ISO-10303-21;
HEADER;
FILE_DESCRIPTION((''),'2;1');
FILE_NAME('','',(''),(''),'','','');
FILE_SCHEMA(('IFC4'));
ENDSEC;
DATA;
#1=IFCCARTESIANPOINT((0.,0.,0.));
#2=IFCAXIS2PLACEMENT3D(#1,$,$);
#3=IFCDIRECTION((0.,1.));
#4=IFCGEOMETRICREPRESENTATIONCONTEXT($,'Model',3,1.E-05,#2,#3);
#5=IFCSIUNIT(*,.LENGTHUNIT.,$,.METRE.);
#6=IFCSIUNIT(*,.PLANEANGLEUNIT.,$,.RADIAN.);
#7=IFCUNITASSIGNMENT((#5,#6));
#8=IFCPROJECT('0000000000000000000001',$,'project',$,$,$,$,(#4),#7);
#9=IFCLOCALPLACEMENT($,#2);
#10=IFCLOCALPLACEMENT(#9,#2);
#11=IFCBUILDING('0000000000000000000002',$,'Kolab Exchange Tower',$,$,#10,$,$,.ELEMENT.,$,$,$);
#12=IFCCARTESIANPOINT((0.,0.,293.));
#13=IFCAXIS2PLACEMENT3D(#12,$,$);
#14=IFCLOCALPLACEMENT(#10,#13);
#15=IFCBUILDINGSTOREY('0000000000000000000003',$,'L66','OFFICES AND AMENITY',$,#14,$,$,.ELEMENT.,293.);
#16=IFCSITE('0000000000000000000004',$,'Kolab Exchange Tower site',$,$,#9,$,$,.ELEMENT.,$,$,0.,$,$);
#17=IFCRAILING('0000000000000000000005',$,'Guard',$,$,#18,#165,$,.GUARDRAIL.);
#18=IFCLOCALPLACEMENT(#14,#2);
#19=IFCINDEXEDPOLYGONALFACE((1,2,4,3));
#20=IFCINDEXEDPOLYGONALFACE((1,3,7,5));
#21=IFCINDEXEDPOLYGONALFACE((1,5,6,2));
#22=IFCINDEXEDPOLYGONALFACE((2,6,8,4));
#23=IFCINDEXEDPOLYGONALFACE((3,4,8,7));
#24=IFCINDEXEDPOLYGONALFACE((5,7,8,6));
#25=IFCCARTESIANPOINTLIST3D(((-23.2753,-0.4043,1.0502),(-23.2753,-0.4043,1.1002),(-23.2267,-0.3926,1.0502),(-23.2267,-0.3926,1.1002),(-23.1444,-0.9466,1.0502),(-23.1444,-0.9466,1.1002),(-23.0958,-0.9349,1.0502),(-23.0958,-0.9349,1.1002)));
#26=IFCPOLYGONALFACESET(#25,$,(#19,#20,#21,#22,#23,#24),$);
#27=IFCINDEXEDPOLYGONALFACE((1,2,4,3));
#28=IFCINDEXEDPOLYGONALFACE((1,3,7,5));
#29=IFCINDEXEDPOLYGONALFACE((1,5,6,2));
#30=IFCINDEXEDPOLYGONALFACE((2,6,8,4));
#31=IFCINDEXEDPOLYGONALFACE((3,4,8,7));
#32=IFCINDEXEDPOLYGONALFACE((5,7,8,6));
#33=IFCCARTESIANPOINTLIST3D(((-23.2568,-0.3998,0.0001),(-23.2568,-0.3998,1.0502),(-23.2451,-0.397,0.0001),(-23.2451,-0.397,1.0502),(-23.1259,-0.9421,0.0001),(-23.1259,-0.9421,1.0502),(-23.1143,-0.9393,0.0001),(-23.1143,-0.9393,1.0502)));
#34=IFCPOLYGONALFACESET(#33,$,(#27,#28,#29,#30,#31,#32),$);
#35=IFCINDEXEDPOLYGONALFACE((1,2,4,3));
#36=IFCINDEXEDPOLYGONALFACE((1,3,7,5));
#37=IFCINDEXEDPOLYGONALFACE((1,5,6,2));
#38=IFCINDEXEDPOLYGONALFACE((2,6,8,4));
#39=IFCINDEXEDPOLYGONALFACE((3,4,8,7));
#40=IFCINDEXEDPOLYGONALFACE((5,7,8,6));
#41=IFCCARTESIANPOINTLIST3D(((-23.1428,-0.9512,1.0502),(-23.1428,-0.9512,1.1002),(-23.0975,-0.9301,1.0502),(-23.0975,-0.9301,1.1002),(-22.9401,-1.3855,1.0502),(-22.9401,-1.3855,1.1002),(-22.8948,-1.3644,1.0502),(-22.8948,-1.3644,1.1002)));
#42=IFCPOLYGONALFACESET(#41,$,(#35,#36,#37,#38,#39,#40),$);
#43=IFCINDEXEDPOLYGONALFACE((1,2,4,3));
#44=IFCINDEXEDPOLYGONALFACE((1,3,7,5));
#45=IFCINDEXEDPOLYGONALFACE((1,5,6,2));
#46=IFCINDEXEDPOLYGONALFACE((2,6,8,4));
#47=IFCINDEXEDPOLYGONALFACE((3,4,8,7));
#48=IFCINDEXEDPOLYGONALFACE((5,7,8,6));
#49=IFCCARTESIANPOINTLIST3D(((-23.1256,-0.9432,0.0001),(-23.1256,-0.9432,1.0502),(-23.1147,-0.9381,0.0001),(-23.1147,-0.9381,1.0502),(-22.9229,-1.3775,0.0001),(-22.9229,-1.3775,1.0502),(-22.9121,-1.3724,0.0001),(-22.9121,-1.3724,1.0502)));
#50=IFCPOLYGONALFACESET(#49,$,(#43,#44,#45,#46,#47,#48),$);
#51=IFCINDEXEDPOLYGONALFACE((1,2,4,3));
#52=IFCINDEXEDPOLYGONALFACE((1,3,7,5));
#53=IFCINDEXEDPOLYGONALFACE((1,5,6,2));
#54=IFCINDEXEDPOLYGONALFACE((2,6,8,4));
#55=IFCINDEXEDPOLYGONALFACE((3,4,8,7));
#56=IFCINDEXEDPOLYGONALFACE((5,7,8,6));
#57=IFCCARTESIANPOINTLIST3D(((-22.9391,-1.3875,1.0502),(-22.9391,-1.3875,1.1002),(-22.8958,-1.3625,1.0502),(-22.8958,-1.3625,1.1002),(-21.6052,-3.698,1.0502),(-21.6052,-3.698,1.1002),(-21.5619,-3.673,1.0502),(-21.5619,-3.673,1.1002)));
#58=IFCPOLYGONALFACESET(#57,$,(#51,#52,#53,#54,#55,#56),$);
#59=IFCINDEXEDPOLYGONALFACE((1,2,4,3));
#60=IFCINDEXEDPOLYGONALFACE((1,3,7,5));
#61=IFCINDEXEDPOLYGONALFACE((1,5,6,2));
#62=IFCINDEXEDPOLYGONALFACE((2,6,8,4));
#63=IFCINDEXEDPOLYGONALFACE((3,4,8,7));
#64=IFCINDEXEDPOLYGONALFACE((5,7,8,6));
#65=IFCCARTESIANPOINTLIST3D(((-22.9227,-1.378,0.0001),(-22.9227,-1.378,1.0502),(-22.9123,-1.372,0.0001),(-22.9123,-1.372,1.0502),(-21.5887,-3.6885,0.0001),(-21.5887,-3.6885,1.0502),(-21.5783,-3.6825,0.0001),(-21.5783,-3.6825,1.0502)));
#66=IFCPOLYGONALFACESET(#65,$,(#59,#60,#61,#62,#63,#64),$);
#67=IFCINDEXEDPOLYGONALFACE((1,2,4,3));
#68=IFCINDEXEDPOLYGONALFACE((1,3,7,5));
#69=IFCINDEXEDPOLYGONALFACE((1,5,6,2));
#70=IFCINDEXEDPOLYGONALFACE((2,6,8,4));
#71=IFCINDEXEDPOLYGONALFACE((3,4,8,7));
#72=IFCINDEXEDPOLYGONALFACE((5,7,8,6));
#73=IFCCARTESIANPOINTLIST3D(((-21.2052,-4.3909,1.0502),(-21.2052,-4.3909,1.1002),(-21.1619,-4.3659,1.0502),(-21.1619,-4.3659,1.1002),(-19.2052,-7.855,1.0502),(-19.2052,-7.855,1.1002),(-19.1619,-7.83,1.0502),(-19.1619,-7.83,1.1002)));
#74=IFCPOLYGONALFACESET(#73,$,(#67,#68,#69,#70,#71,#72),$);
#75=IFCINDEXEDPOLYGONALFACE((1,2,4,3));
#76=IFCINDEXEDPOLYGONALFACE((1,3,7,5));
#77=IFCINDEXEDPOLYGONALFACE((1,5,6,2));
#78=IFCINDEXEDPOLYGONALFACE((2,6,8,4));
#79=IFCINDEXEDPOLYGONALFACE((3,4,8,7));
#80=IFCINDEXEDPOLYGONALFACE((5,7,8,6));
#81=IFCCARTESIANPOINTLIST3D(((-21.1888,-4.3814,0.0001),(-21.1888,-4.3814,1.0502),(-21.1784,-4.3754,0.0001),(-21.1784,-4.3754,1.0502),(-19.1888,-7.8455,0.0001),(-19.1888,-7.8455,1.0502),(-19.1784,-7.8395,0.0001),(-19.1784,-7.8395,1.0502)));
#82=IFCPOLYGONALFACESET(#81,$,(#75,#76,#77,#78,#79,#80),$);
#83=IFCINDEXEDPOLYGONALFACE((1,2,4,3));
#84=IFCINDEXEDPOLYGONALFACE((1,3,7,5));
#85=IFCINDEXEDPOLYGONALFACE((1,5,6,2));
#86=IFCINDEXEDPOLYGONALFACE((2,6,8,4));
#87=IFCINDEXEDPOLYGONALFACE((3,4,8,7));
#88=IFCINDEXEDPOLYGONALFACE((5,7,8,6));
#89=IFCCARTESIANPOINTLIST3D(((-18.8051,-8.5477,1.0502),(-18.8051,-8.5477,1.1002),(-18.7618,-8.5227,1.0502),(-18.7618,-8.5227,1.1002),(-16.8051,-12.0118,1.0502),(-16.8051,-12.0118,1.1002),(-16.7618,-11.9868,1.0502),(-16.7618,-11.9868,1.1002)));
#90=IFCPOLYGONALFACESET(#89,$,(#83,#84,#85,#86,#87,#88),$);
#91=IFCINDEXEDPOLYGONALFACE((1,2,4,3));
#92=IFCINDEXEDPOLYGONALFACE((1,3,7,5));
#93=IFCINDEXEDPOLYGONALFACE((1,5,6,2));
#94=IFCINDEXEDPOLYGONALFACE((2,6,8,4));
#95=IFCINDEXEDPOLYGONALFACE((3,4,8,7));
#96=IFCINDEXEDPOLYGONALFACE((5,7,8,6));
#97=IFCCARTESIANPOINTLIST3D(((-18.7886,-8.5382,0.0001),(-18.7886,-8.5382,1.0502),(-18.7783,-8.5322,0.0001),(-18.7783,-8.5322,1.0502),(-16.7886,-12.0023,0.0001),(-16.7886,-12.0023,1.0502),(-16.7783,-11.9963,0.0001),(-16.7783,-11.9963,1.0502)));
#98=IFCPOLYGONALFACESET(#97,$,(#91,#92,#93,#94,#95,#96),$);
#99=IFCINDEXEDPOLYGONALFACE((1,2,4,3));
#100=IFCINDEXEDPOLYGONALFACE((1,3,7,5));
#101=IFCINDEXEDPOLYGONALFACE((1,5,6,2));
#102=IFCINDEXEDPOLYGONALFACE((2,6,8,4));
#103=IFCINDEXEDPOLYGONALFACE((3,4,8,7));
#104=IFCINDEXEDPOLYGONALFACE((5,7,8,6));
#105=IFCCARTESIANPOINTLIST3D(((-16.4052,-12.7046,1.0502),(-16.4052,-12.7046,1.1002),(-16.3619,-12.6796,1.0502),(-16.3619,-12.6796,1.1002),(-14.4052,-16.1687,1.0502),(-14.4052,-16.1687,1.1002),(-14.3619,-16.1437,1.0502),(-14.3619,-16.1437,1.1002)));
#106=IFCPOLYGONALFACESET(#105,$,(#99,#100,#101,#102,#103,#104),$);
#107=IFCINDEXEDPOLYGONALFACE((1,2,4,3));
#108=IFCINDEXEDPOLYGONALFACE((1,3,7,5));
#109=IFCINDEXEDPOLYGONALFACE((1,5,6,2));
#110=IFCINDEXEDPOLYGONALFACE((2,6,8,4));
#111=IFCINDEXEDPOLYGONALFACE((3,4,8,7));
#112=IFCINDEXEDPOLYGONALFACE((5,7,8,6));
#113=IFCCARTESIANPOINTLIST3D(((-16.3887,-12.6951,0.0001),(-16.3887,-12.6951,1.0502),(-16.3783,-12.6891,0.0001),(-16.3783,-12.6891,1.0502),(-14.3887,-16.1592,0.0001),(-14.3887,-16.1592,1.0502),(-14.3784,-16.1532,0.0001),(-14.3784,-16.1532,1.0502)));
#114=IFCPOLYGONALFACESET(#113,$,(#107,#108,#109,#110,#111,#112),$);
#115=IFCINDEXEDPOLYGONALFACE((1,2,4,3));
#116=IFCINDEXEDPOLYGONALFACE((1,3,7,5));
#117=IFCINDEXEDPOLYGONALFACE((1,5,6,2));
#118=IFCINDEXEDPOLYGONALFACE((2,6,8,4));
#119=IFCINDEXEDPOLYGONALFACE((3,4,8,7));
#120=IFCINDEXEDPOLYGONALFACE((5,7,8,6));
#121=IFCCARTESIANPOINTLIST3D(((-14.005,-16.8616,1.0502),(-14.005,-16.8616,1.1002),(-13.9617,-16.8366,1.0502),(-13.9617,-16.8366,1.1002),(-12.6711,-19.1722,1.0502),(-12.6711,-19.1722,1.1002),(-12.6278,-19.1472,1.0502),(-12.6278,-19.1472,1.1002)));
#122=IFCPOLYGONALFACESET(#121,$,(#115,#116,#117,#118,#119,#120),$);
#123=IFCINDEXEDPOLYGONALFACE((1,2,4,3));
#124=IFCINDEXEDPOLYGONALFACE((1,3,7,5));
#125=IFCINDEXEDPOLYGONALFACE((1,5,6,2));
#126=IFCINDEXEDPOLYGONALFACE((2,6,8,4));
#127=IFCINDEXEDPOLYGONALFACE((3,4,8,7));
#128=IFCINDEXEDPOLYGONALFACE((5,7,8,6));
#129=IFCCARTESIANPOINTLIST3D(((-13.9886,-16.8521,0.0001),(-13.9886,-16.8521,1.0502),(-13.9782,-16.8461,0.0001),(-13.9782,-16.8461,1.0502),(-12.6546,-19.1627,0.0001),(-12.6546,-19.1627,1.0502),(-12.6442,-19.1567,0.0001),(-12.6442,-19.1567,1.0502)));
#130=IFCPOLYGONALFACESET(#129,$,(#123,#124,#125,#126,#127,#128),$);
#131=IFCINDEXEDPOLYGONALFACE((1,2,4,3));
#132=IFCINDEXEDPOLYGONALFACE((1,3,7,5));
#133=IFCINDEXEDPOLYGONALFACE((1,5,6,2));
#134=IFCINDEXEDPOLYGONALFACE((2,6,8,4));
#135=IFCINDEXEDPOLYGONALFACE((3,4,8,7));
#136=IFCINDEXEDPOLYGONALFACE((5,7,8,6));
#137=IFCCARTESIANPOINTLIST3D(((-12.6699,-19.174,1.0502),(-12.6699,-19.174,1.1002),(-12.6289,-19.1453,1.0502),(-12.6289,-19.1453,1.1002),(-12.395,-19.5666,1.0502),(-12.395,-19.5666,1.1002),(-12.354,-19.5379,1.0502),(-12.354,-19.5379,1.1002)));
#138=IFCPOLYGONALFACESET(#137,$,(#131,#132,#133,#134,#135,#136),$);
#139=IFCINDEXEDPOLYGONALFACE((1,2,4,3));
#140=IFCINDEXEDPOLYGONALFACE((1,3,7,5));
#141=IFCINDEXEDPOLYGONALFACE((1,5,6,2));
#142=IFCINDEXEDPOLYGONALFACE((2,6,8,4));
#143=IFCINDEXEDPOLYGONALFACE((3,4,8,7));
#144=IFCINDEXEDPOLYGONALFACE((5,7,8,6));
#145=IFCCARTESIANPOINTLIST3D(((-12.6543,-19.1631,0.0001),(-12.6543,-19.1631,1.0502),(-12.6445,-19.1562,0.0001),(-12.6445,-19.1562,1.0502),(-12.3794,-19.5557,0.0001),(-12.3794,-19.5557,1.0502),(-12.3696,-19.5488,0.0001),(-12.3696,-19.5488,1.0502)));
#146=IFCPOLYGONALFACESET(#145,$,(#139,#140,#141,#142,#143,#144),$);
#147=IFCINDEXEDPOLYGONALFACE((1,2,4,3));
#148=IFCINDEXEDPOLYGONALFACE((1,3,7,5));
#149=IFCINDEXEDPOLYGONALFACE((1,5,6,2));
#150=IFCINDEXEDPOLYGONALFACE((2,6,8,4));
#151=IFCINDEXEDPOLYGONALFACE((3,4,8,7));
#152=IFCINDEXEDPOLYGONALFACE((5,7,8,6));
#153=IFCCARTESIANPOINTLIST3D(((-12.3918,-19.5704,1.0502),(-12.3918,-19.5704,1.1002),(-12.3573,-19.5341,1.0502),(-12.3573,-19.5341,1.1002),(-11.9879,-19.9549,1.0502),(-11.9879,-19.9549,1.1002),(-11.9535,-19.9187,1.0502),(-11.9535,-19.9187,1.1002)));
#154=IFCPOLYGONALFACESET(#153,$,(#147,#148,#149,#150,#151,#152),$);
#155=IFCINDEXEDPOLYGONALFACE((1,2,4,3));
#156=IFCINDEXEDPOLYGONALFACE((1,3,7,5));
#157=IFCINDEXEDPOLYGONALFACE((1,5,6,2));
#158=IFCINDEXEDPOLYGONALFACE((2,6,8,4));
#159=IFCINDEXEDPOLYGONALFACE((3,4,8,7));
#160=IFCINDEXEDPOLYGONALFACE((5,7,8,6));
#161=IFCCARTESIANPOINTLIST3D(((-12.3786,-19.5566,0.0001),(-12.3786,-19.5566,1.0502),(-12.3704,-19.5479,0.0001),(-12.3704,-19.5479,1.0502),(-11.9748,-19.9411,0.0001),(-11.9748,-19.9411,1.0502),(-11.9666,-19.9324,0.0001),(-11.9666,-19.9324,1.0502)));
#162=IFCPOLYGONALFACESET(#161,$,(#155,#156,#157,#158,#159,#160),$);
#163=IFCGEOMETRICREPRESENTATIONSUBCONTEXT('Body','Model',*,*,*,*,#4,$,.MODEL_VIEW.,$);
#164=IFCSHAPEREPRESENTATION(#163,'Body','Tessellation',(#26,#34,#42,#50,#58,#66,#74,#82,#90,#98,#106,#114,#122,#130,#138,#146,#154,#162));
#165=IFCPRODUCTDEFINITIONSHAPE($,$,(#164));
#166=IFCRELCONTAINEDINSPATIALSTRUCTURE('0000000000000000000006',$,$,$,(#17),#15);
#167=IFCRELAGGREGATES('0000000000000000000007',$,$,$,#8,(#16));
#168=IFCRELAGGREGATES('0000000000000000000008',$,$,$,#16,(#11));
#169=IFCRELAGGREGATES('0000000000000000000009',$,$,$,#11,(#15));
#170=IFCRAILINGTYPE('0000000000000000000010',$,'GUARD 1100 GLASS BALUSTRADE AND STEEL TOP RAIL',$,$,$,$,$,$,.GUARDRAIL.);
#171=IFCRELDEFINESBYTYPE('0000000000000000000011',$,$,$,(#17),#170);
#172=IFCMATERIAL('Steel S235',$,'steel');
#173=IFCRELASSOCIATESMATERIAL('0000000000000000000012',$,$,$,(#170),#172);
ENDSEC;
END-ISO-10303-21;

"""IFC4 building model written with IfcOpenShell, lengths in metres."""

from ifc_helpers import new_model, si_unit, direction, frame, frame_2d, origin, origin_2d, place, context, subcontext, project, spatial, rectangle, extrude, material, type_object, element, save


model = new_model("IFC4")

# Units and contexts
model_context = context("Model", 3, precision=1e-05, world=origin(), true_north=direction((0.0, 1.0)))
body_context = subcontext(model_context, "Body", "Model", "MODEL_VIEW")
ifc_project = project(units=[si_unit("LENGTHUNIT", "METRE"), si_unit("PLANEANGLEUNIT", "RADIAN")], contexts=[model_context])

# Site, building, storey
site_placement = place(None, origin())
site = spatial("IfcSite", under=ifc_project, at=site_placement, Name="Kolab Exchange Tower site", CompositionType="ELEMENT", RefElevation=0.0)
building_placement = place(site_placement, origin())
building = spatial("IfcBuilding", under=site, at=building_placement, Name="Kolab Exchange Tower", CompositionType="ELEMENT")
storey_placement = place(building_placement, frame((0.0, 0.0, 293.0)))
storey = spatial("IfcBuildingStorey", under=building, at=storey_placement, Name="L66", Description="OFFICES AND AMENITY", CompositionType="ELEMENT", Elevation=293.0)

# Railing
ifc_material_1 = material(Name="Steel S235", Category="steel")
railing_type = type_object("IfcRailingType", Name="GUARD 1100 GLASS BALUSTRADE AND STEEL TOP RAIL", PredefinedType="GUARDRAIL", material=ifc_material_1)
railing_placement = place(storey_placement, frame((-23.251, -0.3984, 0.0)))
element("IfcRailing", 1, at=railing_placement, inside=storey, type_object=railing_type, Name="Guard", PredefinedType="GUARDRAIL", context=body_context, shape_type="SweptSolid", body=[
    extrude(rectangle(XDim=0.05, YDim=0.05, at=origin_2d()), frame((0.0, 0.0, 1.0752), z_axis=(0.234598, -0.972093, 0.0), x_axis=(0.972093, 0.234598, 0.0)), (0.0, 0.0, 1.0), 0.5579),
    extrude(rectangle(XDim=0.012, YDim=1.0501, at=frame_2d((0.0, 0.5251))), frame((0.0, 0.0, 0.0), z_axis=(0.234598, -0.972093, 0.0), x_axis=(0.972093, 0.234598, 0.0)), (0.0, 0.0, 1.0), 0.5579),
    extrude(rectangle(XDim=0.05, YDim=0.05, at=origin_2d()), frame((0.1309, -0.5422, 1.0752), z_axis=(0.422802, -0.906222, 0.0), x_axis=(0.906222, 0.422802, 0.0)), (0.0, 0.0, 1.0), 0.4792),
    extrude(rectangle(XDim=0.012, YDim=1.0501, at=frame_2d((0.0, 0.5251))), frame((0.1309, -0.5422, 0.0), z_axis=(0.422802, -0.906222, 0.0), x_axis=(0.906222, 0.422802, 0.0)), (0.0, 0.0, 1.0), 0.4792),
    extrude(rectangle(XDim=0.05, YDim=0.05, at=origin_2d()), frame((0.3335, -0.9766, 1.0752), z_axis=(0.499997, -0.866027, 0.0), x_axis=(0.866027, 0.499997, 0.0)), (0.0, 0.0, 1.0), 2.668),
    extrude(rectangle(XDim=0.012, YDim=1.0501, at=frame_2d((0.0, 0.5251))), frame((0.3335, -0.9766, 0.0), z_axis=(0.499997, -0.866027, 0.0), x_axis=(0.866027, 0.499997, 0.0)), (0.0, 0.0, 1.0), 2.668),
    extrude(rectangle(XDim=0.05, YDim=0.05, at=origin_2d()), frame((2.0674, -3.98, 1.0752), z_axis=(0.499999, -0.866026, 0.0), x_axis=(0.866026, 0.499999, 0.0)), (0.0, 0.0, 1.0), 4.0),
    extrude(rectangle(XDim=0.012, YDim=1.0501, at=frame_2d((0.0, 0.5251))), frame((2.0674, -3.98, 0.0), z_axis=(0.499999, -0.866026, 0.0), x_axis=(0.866026, 0.499999, 0.0)), (0.0, 0.0, 1.0), 4.0),
    extrude(rectangle(XDim=0.05, YDim=0.05, at=origin_2d()), frame((4.4675, -8.1367, 1.0752), z_axis=(0.499999, -0.866026, 0.0), x_axis=(0.866026, 0.499999, 0.0)), (0.0, 0.0, 1.0), 4.0),
    extrude(rectangle(XDim=0.012, YDim=1.0501, at=frame_2d((0.0, 0.5251))), frame((4.4675, -8.1367, 0.0), z_axis=(0.499999, -0.866026, 0.0), x_axis=(0.866026, 0.499999, 0.0)), (0.0, 0.0, 1.0), 4.0),
    extrude(rectangle(XDim=0.05, YDim=0.05, at=origin_2d()), frame((6.8674, -12.2937, 1.0752), z_axis=(0.499999, -0.866026, 0.0), x_axis=(0.866026, 0.499999, 0.0)), (0.0, 0.0, 1.0), 4.0),
    extrude(rectangle(XDim=0.012, YDim=1.0501, at=frame_2d((0.0, 0.5251))), frame((6.8674, -12.2937, 0.0), z_axis=(0.499999, -0.866026, 0.0), x_axis=(0.866026, 0.499999, 0.0)), (0.0, 0.0, 1.0), 4.0),
    extrude(rectangle(XDim=0.05, YDim=0.05, at=origin_2d()), frame((9.2676, -16.4507, 1.0752), z_axis=(0.499997, -0.866027, 0.0), x_axis=(0.866027, 0.499997, 0.0)), (0.0, 0.0, 1.0), 2.668),
    extrude(rectangle(XDim=0.012, YDim=1.0501, at=frame_2d((0.0, 0.5251))), frame((9.2676, -16.4507, 0.0), z_axis=(0.499997, -0.866027, 0.0), x_axis=(0.866027, 0.499997, 0.0)), (0.0, 0.0, 1.0), 2.668),
    extrude(rectangle(XDim=0.05, YDim=0.05, at=origin_2d()), frame((10.6016, -18.7612, 1.0752), z_axis=(0.573599, -0.819136, 0.0), x_axis=(0.819136, 0.573599, 0.0)), (0.0, 0.0, 1.0), 0.4792),
    extrude(rectangle(XDim=0.012, YDim=1.0501, at=frame_2d((0.0, 0.5251))), frame((10.6016, -18.7612, 0.0), z_axis=(0.573599, -0.819136, 0.0), x_axis=(0.819136, 0.573599, 0.0)), (0.0, 0.0, 1.0), 0.4792),
    extrude(rectangle(XDim=0.05, YDim=0.05, at=origin_2d()), frame((10.8765, -19.1538, 1.0752), z_axis=(0.72419, -0.689601, 0.0), x_axis=(0.689601, 0.72419, 0.0)), (0.0, 0.0, 1.0), 0.5576),
    extrude(rectangle(XDim=0.012, YDim=1.0501, at=frame_2d((0.0, 0.5251))), frame((10.8765, -19.1538, 0.0), z_axis=(0.72419, -0.689601, 0.0), x_axis=(0.689601, 0.72419, 0.0)), (0.0, 0.0, 1.0), 0.5576),
])

save(model, "model.ifc")
